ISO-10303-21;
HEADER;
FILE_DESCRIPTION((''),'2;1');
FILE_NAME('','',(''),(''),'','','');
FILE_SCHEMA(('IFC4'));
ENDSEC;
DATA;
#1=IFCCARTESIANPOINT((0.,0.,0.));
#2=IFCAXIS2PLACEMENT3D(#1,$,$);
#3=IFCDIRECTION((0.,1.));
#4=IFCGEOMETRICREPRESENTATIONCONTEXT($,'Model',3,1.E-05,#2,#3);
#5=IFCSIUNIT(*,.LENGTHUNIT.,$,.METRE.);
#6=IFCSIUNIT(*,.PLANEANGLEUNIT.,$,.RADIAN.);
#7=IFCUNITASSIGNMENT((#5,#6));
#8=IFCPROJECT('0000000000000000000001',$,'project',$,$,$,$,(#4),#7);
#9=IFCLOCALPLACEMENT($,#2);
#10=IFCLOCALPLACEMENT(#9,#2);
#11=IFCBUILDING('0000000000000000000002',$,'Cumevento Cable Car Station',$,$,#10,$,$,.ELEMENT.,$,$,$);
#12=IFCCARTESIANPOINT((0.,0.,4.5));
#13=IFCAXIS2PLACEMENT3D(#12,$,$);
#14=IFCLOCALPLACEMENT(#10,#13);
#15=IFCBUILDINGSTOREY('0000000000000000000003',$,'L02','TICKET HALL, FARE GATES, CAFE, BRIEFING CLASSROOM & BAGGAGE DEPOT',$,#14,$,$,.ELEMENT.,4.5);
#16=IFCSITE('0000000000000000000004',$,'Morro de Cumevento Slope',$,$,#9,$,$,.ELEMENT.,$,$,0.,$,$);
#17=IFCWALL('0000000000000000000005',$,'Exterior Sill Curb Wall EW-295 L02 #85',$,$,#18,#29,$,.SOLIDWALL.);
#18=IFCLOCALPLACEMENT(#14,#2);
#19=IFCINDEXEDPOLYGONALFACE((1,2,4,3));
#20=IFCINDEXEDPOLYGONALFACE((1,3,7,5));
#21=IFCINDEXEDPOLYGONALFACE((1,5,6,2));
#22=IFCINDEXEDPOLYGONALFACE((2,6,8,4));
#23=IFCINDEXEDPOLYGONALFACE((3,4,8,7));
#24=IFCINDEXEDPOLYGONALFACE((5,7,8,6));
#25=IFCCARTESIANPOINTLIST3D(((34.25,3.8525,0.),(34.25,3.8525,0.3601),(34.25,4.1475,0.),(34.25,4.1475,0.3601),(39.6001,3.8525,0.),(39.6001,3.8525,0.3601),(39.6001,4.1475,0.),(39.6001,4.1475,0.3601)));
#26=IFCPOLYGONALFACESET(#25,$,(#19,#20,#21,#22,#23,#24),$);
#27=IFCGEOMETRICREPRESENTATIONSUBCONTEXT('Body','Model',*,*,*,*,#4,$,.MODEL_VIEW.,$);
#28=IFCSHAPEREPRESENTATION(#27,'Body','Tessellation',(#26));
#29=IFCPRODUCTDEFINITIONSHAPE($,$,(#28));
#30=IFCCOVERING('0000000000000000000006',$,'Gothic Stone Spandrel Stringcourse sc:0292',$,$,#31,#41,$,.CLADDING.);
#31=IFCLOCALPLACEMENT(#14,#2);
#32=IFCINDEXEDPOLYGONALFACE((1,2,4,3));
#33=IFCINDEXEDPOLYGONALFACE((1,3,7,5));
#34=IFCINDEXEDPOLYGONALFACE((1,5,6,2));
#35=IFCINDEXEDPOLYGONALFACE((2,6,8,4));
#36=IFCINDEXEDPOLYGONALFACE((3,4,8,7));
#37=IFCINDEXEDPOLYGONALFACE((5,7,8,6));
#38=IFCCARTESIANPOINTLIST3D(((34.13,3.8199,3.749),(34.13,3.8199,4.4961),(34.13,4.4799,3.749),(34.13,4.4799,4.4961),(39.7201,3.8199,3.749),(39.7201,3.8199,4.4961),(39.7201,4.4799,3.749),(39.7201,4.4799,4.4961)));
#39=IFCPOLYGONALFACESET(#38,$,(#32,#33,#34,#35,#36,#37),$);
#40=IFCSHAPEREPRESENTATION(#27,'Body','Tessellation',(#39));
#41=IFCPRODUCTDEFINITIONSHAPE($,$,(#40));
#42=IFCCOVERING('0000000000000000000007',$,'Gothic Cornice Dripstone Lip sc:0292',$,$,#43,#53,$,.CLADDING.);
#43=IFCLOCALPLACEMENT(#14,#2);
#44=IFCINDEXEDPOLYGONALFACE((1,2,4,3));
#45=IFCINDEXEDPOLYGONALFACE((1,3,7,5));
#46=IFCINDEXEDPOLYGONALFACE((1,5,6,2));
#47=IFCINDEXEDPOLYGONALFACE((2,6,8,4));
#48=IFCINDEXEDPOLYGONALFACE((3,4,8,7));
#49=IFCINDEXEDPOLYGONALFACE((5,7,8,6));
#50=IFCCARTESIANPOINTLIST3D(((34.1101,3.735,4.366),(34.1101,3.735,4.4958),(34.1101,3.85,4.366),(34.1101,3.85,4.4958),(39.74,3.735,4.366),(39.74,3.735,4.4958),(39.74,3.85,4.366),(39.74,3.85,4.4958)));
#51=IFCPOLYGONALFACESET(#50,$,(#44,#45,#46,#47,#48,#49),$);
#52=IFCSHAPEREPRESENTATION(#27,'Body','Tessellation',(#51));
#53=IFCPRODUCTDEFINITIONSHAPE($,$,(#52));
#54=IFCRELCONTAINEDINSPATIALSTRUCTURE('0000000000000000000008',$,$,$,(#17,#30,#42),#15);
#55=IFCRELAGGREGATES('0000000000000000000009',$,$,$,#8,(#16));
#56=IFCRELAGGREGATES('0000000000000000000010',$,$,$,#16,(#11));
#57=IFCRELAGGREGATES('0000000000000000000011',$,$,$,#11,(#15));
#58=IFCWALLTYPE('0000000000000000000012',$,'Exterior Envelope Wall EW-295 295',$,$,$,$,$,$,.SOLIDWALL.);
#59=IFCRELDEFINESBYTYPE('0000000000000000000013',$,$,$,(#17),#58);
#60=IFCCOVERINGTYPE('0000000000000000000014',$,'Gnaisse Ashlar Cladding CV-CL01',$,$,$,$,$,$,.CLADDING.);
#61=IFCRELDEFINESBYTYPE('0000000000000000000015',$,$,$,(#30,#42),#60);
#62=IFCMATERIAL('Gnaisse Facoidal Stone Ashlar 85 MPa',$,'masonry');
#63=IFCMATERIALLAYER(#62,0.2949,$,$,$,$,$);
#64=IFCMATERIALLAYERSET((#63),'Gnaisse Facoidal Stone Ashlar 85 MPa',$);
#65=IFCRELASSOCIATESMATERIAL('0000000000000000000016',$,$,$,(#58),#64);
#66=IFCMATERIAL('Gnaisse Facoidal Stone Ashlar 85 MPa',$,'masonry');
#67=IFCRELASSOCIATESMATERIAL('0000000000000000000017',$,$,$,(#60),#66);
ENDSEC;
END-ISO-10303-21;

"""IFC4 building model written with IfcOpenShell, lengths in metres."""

from ifc_helpers import new_model, si_unit, direction, frame, frame_2d, origin, origin_2d, place, context, subcontext, project, spatial, rectangle, extrude, material, layer, layer_set, type_object, element, save


model = new_model("IFC4")

# Units and contexts
model_context = context("Model", 3, precision=1e-05, world=origin(), true_north=direction((0.0, 1.0)))
body_context = subcontext(model_context, "Body", "Model", "MODEL_VIEW")
ifc_project = project(units=[si_unit("LENGTHUNIT", "METRE"), si_unit("PLANEANGLEUNIT", "RADIAN")], contexts=[model_context])

# Site, building, storey
site_placement = place(None, origin())
site = spatial("IfcSite", under=ifc_project, at=site_placement, Name="Morro de Cumevento Slope", CompositionType="ELEMENT", RefElevation=0.0)
building_placement = place(site_placement, origin())
building = spatial("IfcBuilding", under=site, at=building_placement, Name="Cumevento Cable Car Station", CompositionType="ELEMENT")
storey_placement = place(building_placement, frame((0.0, 0.0, 4.5)))
storey = spatial("IfcBuildingStorey", under=building, at=storey_placement, Name="L02", Description="TICKET HALL, FARE GATES, CAFE, BRIEFING CLASSROOM & BAGGAGE DEPOT", CompositionType="ELEMENT", Elevation=4.5)

# Wall
ifc_material_1 = material(Name="Gnaisse Facoidal Stone Ashlar 85 MPa", Category="masonry")
ifc_layer_1 = layer(ifc_material_1, 0.2949)
ifc_layer_set_1 = layer_set([ifc_layer_1], Name="Gnaisse Facoidal Stone Ashlar 85 MPa")
wall_type = type_object("IfcWallType", Name="Exterior Envelope Wall EW-295 295", PredefinedType="SOLIDWALL", material=ifc_layer_set_1)
wall_placement = place(storey_placement, frame((39.6001, 4.0, 0.0), z_axis=(0.0, 0.0, 1.0), x_axis=(-1.0, 0.0, 0.0)))
element("IfcWall", 1, at=wall_placement, inside=storey, type_object=wall_type, Name="Exterior Sill Curb Wall EW-295 L02 #85", PredefinedType="SOLIDWALL", context=body_context, shape_type="SweptSolid", body=[
    extrude(rectangle(XDim=5.3501, YDim=0.2949, at=frame_2d((2.675, 0.0))), origin(), (0.0, 0.0, 1.0), 0.3601),
])

# Coverings
ifc_material_2 = material(Name="Gnaisse Facoidal Stone Ashlar 85 MPa", Category="masonry")
covering_type = type_object("IfcCoveringType", Name="Gnaisse Ashlar Cladding CV-CL01", PredefinedType="CLADDING", material=ifc_material_2)
covering_1_placement = place(storey_placement, frame((36.925, 4.1499, 3.749), z_axis=(0.0, 0.0, 1.0), x_axis=(-1.0, 0.0, 0.0)))
element("IfcCovering", 2, at=covering_1_placement, inside=storey, type_object=covering_type, Name="Gothic Stone Spandrel Stringcourse sc:0292", PredefinedType="CLADDING", context=body_context, shape_type="SweptSolid", body=[
    extrude(rectangle(XDim=5.5901, YDim=0.6599, at=origin_2d()), origin(), (0.0, 0.0, 1.0), 0.7471),
])
covering_2_placement = place(storey_placement, frame((36.925, 3.7925, 4.366), z_axis=(0.0, 0.0, 1.0), x_axis=(-1.0, 0.0, 0.0)))
element("IfcCovering", 3, at=covering_2_placement, inside=storey, type_object=covering_type, Name="Gothic Cornice Dripstone Lip sc:0292", PredefinedType="CLADDING", context=body_context, shape_type="SweptSolid", body=[
    extrude(rectangle(XDim=5.6299, YDim=0.115, at=origin_2d()), origin(), (0.0, 0.0, 1.0), 0.1299),
])

save(model, "model.ifc")
